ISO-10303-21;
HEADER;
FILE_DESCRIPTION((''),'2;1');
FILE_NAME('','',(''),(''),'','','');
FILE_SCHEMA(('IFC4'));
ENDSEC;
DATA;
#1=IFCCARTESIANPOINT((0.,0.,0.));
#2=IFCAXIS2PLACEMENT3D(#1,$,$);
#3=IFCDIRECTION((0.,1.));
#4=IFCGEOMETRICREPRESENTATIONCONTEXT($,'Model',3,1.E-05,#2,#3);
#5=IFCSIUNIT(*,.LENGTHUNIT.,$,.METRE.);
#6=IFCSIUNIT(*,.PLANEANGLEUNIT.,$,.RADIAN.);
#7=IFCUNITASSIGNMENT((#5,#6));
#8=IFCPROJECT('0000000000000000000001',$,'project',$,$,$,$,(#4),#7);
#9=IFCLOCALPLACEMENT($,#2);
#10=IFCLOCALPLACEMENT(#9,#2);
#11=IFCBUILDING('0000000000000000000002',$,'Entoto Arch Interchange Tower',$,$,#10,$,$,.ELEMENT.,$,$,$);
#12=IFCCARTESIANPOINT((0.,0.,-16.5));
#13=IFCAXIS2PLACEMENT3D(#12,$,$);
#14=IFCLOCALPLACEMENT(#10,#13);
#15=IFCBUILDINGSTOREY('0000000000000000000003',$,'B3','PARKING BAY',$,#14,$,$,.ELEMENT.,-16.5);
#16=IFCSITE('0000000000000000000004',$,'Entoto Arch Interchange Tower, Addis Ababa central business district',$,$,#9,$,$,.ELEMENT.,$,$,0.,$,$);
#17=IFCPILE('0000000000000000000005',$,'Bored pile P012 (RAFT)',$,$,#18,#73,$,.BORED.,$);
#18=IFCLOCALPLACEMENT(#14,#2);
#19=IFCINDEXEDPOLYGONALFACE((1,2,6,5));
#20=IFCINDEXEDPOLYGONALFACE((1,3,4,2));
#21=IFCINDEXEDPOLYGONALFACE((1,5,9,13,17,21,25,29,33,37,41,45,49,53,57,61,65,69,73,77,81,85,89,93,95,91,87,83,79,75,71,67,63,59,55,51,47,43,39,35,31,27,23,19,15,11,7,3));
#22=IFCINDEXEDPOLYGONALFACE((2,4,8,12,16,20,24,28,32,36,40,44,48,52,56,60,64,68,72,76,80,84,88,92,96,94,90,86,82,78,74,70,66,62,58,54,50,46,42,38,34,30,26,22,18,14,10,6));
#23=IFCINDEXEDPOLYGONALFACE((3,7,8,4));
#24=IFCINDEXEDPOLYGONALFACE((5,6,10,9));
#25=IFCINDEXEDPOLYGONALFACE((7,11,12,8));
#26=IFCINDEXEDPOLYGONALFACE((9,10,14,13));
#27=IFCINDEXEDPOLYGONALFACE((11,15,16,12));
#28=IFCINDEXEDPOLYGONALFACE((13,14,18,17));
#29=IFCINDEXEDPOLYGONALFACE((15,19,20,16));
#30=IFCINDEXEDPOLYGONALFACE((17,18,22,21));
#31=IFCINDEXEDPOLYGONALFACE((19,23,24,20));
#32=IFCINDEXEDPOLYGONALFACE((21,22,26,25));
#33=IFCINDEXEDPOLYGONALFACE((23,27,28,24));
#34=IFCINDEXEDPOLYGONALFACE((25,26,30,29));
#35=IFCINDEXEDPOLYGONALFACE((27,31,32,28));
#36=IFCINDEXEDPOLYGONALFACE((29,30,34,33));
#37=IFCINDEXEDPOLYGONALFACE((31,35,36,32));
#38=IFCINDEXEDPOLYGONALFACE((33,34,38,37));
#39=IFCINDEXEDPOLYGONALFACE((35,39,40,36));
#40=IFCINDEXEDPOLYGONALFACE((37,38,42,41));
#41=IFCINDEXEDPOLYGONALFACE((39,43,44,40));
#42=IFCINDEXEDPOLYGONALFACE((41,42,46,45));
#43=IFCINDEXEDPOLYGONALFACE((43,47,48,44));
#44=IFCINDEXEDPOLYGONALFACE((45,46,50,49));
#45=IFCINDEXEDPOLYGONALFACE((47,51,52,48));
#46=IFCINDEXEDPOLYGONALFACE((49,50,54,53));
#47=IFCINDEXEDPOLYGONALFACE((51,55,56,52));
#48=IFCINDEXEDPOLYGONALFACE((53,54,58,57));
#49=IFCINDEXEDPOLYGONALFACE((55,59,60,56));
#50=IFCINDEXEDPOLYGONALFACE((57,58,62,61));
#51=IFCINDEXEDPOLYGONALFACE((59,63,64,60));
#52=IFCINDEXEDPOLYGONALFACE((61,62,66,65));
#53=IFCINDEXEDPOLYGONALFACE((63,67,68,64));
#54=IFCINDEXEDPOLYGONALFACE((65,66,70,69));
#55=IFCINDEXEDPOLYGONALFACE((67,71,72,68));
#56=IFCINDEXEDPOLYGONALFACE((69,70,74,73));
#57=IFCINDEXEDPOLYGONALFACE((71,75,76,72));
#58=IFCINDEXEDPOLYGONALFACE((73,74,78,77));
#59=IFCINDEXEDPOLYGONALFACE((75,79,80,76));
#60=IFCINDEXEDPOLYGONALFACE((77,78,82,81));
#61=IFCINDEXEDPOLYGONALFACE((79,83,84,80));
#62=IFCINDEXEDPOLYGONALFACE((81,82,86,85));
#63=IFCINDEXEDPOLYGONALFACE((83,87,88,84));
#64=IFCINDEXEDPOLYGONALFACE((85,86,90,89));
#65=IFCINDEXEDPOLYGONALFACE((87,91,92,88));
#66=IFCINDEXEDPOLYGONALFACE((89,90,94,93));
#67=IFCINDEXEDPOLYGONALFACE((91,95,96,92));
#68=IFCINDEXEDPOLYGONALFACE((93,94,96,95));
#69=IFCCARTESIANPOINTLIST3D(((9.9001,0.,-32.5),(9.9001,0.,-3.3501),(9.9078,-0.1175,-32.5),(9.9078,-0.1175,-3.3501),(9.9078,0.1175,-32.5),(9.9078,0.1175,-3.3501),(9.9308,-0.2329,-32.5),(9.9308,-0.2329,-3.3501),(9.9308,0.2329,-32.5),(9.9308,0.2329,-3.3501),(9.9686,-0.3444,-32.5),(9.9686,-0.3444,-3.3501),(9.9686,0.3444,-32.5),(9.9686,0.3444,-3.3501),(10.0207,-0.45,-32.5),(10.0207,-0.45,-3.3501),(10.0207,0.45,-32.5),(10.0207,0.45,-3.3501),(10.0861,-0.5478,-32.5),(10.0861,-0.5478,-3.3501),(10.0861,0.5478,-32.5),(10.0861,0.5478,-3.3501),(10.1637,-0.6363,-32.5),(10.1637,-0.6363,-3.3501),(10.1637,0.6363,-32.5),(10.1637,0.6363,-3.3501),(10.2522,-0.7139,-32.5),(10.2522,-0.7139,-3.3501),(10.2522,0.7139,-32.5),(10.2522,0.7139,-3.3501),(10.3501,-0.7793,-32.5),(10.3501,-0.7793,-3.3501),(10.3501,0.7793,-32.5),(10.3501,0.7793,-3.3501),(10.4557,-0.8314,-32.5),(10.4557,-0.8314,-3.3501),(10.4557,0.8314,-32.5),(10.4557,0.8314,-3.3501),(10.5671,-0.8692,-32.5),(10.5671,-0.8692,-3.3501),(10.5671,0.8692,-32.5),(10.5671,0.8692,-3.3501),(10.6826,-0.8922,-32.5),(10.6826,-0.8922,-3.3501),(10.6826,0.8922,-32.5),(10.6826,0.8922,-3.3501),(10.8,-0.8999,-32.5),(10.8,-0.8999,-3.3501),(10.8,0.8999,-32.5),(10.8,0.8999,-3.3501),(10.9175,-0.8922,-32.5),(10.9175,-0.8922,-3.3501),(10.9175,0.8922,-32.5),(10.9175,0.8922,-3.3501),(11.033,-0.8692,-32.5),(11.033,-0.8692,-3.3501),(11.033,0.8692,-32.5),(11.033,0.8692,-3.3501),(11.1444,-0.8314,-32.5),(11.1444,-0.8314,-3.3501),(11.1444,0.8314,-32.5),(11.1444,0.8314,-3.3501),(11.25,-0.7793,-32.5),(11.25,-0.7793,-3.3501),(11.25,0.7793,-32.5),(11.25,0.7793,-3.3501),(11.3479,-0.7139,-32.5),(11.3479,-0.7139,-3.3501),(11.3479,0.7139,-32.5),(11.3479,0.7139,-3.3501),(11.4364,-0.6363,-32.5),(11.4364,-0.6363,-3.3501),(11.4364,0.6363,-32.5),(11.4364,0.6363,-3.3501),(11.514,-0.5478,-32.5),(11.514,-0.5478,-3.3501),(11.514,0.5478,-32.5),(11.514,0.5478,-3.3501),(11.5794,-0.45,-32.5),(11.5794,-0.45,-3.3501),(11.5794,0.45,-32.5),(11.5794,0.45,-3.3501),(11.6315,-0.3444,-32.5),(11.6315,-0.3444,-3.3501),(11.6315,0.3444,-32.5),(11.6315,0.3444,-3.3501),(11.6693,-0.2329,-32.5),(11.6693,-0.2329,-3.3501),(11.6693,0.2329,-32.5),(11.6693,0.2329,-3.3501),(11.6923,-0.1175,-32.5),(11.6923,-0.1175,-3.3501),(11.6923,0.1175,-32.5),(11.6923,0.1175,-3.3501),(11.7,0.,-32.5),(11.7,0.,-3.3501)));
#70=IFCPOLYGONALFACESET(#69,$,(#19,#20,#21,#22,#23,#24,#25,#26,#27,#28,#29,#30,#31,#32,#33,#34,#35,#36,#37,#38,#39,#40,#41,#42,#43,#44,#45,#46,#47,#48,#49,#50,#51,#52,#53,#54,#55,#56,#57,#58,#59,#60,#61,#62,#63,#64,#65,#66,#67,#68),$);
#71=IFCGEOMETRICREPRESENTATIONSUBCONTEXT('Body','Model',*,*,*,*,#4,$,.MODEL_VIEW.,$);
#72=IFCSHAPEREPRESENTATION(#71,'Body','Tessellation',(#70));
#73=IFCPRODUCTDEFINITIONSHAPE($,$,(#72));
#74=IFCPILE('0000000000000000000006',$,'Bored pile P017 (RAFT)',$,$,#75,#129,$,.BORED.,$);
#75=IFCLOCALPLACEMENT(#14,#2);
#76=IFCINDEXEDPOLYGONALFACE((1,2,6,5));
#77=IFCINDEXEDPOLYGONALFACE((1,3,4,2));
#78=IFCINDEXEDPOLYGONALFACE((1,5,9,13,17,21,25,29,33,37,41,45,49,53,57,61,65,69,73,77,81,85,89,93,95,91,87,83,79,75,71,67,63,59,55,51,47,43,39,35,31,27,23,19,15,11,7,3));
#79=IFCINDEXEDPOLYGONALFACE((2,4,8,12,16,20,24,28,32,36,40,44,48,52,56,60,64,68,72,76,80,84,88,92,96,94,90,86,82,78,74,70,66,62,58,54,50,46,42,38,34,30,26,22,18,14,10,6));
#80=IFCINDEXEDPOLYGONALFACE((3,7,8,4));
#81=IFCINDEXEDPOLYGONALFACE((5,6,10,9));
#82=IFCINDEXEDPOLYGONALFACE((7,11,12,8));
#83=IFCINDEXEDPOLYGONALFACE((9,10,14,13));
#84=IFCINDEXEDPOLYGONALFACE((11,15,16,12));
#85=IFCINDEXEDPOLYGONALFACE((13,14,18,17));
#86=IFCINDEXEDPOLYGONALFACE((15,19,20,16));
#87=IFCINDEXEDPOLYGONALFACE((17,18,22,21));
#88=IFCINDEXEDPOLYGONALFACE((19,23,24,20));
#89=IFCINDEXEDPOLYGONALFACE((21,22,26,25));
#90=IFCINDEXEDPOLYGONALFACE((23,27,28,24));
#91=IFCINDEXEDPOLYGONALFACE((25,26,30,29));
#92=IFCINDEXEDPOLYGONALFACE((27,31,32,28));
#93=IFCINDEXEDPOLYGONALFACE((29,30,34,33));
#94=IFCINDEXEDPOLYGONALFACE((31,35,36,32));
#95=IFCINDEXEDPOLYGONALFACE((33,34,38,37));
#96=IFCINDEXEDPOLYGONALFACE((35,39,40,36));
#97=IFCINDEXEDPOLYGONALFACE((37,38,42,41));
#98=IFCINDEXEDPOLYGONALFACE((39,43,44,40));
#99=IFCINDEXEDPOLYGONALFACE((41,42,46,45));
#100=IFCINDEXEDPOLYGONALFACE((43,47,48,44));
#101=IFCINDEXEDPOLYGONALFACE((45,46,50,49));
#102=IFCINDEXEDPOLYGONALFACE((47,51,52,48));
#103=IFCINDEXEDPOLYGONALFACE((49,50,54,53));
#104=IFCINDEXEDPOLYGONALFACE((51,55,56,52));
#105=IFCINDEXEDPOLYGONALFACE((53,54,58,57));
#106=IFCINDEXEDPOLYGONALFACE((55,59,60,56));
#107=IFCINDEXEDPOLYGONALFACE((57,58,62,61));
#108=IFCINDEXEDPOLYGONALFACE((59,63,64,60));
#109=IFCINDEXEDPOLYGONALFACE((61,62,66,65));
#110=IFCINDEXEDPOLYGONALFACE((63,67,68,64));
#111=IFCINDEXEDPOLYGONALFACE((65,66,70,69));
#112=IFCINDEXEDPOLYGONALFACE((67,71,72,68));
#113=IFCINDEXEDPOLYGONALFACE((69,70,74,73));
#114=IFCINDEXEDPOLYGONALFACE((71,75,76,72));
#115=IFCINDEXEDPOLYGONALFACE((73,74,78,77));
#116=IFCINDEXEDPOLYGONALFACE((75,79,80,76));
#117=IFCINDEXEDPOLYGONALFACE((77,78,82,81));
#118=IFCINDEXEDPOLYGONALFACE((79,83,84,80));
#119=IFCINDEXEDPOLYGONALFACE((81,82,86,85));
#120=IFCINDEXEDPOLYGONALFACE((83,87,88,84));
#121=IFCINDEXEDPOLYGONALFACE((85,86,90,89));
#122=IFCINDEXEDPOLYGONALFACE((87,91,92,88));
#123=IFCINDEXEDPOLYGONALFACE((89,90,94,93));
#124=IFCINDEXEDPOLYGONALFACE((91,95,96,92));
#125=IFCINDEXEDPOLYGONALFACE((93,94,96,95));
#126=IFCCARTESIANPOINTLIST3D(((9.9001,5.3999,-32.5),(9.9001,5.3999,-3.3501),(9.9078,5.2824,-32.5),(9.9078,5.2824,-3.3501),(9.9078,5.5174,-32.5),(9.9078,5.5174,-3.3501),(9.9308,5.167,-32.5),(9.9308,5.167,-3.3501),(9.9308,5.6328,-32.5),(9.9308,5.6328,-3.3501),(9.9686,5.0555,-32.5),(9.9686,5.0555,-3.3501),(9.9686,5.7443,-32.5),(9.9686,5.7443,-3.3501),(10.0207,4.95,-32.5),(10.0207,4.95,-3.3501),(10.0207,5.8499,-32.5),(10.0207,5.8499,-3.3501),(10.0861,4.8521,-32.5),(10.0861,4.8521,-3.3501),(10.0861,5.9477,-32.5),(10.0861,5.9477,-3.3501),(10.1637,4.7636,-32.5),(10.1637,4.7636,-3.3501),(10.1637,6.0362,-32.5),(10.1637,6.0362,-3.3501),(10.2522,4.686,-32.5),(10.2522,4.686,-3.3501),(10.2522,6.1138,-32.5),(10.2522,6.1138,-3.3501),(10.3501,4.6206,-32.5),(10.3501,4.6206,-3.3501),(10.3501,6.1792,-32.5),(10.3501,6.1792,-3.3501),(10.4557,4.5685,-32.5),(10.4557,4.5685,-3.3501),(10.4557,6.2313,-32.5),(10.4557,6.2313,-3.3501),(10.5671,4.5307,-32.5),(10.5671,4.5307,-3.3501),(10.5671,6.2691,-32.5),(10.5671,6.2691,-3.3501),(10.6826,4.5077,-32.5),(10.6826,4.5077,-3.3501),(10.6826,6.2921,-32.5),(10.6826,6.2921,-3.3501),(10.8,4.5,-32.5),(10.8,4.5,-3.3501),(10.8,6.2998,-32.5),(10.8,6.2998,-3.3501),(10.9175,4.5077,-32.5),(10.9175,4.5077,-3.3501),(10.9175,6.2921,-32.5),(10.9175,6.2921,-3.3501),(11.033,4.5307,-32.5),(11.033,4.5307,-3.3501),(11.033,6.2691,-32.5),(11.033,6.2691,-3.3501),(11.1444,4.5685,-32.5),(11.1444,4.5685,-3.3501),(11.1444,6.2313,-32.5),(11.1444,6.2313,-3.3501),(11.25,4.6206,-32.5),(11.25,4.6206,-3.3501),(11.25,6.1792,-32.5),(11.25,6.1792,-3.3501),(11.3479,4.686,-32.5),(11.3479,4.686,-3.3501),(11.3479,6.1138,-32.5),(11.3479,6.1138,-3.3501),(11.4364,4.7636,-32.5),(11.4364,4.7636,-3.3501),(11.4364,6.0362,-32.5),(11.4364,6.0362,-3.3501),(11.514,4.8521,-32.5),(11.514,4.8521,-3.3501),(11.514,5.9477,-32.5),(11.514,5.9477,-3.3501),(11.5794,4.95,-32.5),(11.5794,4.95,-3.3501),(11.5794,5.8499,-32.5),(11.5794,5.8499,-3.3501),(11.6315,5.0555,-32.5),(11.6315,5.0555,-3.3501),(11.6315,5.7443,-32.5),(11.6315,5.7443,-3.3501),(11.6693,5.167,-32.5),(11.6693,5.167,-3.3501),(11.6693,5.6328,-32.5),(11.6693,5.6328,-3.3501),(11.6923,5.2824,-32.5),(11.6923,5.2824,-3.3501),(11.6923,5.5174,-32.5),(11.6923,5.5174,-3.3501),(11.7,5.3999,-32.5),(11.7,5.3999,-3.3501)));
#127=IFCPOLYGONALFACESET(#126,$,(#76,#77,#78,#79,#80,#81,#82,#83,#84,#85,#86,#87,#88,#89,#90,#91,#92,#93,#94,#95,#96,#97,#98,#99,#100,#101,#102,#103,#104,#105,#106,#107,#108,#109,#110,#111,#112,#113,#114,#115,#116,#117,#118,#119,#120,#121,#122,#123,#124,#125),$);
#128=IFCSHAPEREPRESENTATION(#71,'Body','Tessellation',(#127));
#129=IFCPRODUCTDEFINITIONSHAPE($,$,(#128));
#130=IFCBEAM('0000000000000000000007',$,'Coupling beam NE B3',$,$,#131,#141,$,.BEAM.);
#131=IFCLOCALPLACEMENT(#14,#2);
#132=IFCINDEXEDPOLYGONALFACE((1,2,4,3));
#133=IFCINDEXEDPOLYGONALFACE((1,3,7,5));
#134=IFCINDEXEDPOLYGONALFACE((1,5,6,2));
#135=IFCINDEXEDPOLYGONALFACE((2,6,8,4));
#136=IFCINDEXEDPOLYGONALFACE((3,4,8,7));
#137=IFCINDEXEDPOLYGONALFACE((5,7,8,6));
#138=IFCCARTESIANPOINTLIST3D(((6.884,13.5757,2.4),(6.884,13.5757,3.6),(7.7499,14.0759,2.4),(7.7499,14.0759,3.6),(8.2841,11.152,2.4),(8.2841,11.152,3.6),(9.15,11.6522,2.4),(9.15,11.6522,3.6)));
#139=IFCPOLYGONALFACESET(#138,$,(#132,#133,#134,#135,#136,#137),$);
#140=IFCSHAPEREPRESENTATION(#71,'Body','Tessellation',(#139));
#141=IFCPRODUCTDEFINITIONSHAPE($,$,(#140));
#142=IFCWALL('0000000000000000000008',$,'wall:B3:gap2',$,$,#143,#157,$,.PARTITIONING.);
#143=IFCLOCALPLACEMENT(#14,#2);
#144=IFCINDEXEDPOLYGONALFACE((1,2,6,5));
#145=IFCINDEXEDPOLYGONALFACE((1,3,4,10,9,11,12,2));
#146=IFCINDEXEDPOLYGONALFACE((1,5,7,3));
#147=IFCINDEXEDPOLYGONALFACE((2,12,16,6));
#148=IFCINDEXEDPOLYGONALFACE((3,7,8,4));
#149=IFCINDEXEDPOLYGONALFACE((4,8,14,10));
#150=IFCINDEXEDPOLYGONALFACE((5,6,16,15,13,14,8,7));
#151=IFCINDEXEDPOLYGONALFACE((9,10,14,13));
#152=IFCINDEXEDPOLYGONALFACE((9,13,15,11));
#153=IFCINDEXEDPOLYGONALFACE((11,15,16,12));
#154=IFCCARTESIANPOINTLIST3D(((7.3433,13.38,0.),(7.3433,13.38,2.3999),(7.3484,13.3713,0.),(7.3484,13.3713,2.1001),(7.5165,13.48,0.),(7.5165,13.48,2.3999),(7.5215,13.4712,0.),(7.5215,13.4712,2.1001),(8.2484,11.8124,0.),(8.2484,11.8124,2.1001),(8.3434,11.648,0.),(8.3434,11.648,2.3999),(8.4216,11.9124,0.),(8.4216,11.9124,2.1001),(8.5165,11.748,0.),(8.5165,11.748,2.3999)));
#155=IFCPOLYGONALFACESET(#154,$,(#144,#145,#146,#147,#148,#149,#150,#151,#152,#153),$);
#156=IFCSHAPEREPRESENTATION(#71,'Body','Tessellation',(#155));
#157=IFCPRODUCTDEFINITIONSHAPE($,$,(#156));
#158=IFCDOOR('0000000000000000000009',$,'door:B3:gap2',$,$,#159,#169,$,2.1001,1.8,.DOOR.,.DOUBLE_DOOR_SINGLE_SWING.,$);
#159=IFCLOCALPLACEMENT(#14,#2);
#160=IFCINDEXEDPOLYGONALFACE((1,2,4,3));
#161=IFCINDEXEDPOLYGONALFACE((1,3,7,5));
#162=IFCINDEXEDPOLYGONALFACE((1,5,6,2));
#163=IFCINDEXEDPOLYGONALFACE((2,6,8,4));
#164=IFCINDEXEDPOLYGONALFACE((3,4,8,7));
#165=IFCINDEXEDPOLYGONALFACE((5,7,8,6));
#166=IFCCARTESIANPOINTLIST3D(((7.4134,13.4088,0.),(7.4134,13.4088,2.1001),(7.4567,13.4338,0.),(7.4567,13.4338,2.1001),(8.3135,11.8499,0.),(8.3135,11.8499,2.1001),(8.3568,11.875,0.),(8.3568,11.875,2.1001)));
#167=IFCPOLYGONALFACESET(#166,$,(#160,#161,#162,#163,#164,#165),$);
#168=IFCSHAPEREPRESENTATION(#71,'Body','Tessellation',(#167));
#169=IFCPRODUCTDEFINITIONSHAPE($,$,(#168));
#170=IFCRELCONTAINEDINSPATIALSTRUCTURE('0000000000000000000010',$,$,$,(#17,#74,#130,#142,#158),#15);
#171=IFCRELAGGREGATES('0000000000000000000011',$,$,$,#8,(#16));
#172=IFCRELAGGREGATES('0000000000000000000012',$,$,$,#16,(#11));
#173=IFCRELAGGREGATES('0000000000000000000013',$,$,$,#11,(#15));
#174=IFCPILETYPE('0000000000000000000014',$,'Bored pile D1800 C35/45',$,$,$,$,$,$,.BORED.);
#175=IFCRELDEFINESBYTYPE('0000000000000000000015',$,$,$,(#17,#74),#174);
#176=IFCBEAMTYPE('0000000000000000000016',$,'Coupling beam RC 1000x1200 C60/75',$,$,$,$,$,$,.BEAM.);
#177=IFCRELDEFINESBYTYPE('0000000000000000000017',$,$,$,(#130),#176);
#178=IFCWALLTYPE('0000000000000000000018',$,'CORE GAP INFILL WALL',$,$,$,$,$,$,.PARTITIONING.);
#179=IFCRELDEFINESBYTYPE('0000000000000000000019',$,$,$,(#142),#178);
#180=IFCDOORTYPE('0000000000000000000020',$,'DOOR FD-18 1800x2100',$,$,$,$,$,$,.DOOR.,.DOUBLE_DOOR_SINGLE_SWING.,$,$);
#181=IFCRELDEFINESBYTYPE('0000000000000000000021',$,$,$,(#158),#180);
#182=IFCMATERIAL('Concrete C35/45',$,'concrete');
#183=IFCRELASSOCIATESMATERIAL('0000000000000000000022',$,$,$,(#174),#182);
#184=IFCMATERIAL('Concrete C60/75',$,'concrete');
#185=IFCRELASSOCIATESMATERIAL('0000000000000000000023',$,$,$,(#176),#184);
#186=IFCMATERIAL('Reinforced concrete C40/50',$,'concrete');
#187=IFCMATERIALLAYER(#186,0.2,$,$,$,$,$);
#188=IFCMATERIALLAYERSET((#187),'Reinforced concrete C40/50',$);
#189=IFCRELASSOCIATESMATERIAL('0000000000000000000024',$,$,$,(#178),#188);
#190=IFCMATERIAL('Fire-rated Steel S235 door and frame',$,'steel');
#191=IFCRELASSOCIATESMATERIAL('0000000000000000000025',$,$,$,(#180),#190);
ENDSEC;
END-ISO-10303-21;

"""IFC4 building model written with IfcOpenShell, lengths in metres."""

from ifc_helpers import new_model, si_unit, direction, frame, frame_2d, origin, origin_2d, place, context, subcontext, project, spatial, rectangle, circle, extrude, material, layer, layer_set, material_profile, profile_set, type_object, element, fill, save


model = new_model("IFC4")

# Units and contexts
model_context = context("Model", 3, precision=1e-05, world=origin(), true_north=direction((0.0, 1.0)))
body_context = subcontext(model_context, "Body", "Model", "MODEL_VIEW")
ifc_project = project(units=[si_unit("LENGTHUNIT", "METRE"), si_unit("PLANEANGLEUNIT", "RADIAN")], contexts=[model_context])

# Site, building, storey
site_placement = place(None, origin())
site = spatial("IfcSite", under=ifc_project, at=site_placement, Name="Entoto Arch Interchange Tower, Addis Ababa central business district", CompositionType="ELEMENT", RefElevation=0.0)
building_placement = place(site_placement, origin())
building = spatial("IfcBuilding", under=site, at=building_placement, Name="Entoto Arch Interchange Tower", CompositionType="ELEMENT")
storey_placement = place(building_placement, frame((0.0, 0.0, -16.5)))
storey = spatial("IfcBuildingStorey", under=building, at=storey_placement, Name="B3", Description="PARKING BAY", CompositionType="ELEMENT", Elevation=-16.5)

# Piles
ifc_material_1 = material(Name="Concrete C35/45", Category="concrete")
ifc_material_profile_1 = material_profile(ifc_material_1, circle(Radius=0.8999, at=origin_2d()))
ifc_profile_set_1 = profile_set([ifc_material_profile_1], Name="Concrete C35/45")
pile_type = type_object("IfcPileType", Name="Bored pile D1800 C35/45", PredefinedType="BORED", material=ifc_profile_set_1)
for number, where, z_axis, x_axis, name in (
    (1, (10.8, 0.0, -3.3501), (0.0, 0.0, -1.0), (1.0, 0.0, 0.0), "Bored pile P012 (RAFT)"),
    (2, (10.8, 5.3999, -3.3501), (0.0, 0.0, -1.0), (1.0, 0.0, 0.0), "Bored pile P017 (RAFT)"),
):
    element("IfcPile", number, at=place(storey_placement, frame(where, z_axis=z_axis, x_axis=x_axis)), inside=storey, type_object=pile_type, Name=name, PredefinedType="BORED", context=body_context, shape_type="SweptSolid", body=[
        extrude(circle(Radius=0.8999, at=origin_2d()), origin(), (0.0, 0.0, 1.0), 29.1499),
    ])

# Beam
ifc_material_2 = material(Name="Concrete C60/75", Category="concrete")
ifc_material_profile_2 = material_profile(ifc_material_2, rectangle(XDim=1.0, YDim=1.2, at=origin_2d()))
ifc_profile_set_2 = profile_set([ifc_material_profile_2], Name="Concrete C60/75")
beam_type = type_object("IfcBeamType", Name="Coupling beam RC 1000x1200 C60/75", PredefinedType="BEAM", material=ifc_profile_set_2)
beam_placement = place(storey_placement, frame((8.717, 11.4021, 3.0), z_axis=(-0.500201, 0.86591, 0.0), x_axis=(-0.86591, -0.500201, 0.0)))
element("IfcBeam", 3, at=beam_placement, inside=storey, type_object=beam_type, Name="Coupling beam NE B3", PredefinedType="BEAM", context=body_context, shape_type="SweptSolid", body=[
    extrude(rectangle(XDim=1.0, YDim=1.2, at=origin_2d()), origin(), (0.0, 0.0, 1.0), 2.7991),
])

# Wall, opening, door
ifc_material_3 = material(Name="Reinforced concrete C40/50", Category="concrete")
ifc_layer_1 = layer(ifc_material_3, 0.2)
ifc_layer_set_1 = layer_set([ifc_layer_1], Name="Reinforced concrete C40/50")
wall_type_1 = type_object("IfcWallType", Name="CORE GAP INFILL WALL", PredefinedType="PARTITIONING", material=ifc_layer_set_1)
wall_1_placement = place(storey_placement, frame((8.4299, 11.698, 0.0), z_axis=(0.0, 0.0, 1.0), x_axis=(-0.500025, 0.866011, 0.0)))
wall_1 = element("IfcWall", 4, at=wall_1_placement, inside=storey, type_object=wall_type_1, Name="wall:B3:gap2", PredefinedType="PARTITIONING", context=body_context, shape_type="SweptSolid", body=[
    extrude(rectangle(XDim=2.0, YDim=0.2, at=frame_2d((1.0, 0.0))), origin(), (0.0, 0.0, 1.0), 2.3999),
])
opening_1_placement = place(wall_1_placement, frame((0.1899, 0.0, 0.0)))
opening_1 = element("IfcOpeningElement", 5, at=opening_1_placement, cuts=wall_1, PredefinedType="OPENING", context=body_context, shape_type="SweptSolid", body=[
    extrude(rectangle(XDim=1.8, YDim=2.1001, at=frame_2d((0.8999, 1.05))), frame((0.0, 0.1099, 0.0), z_axis=(0.0, -1.0, 0.0), x_axis=(1.0, 0.0, 0.0)), (0.0, 0.0, 1.0), 0.22),
])
ifc_material_4 = material(Name="Fire-rated Steel S235 door and frame", Category="steel")
door_type_1 = type_object("IfcDoorType", Name="DOOR FD-18 1800x2100", OperationType="DOUBLE_DOOR_SINGLE_SWING", PredefinedType="DOOR", material=ifc_material_4)
door_1_placement = place(opening_1_placement, origin())
door_1 = element("IfcDoor", 6, at=door_1_placement, inside=storey, type_object=door_type_1, Name="door:B3:gap2", OperationType="DOUBLE_DOOR_SINGLE_SWING", OverallHeight=2.1001, OverallWidth=1.8, PredefinedType="DOOR", context=body_context, shape_type="SweptSolid", body=[
    extrude(rectangle(XDim=1.8, YDim=2.1001, at=frame_2d((0.8999, 1.05))), frame((0.0, 0.0249, 0.0), z_axis=(0.0, -1.0, 0.0), x_axis=(1.0, 0.0, 0.0)), (0.0, 0.0, 1.0), 0.05),
])
fill(opening_1, door_1)

save(model, "model.ifc")
